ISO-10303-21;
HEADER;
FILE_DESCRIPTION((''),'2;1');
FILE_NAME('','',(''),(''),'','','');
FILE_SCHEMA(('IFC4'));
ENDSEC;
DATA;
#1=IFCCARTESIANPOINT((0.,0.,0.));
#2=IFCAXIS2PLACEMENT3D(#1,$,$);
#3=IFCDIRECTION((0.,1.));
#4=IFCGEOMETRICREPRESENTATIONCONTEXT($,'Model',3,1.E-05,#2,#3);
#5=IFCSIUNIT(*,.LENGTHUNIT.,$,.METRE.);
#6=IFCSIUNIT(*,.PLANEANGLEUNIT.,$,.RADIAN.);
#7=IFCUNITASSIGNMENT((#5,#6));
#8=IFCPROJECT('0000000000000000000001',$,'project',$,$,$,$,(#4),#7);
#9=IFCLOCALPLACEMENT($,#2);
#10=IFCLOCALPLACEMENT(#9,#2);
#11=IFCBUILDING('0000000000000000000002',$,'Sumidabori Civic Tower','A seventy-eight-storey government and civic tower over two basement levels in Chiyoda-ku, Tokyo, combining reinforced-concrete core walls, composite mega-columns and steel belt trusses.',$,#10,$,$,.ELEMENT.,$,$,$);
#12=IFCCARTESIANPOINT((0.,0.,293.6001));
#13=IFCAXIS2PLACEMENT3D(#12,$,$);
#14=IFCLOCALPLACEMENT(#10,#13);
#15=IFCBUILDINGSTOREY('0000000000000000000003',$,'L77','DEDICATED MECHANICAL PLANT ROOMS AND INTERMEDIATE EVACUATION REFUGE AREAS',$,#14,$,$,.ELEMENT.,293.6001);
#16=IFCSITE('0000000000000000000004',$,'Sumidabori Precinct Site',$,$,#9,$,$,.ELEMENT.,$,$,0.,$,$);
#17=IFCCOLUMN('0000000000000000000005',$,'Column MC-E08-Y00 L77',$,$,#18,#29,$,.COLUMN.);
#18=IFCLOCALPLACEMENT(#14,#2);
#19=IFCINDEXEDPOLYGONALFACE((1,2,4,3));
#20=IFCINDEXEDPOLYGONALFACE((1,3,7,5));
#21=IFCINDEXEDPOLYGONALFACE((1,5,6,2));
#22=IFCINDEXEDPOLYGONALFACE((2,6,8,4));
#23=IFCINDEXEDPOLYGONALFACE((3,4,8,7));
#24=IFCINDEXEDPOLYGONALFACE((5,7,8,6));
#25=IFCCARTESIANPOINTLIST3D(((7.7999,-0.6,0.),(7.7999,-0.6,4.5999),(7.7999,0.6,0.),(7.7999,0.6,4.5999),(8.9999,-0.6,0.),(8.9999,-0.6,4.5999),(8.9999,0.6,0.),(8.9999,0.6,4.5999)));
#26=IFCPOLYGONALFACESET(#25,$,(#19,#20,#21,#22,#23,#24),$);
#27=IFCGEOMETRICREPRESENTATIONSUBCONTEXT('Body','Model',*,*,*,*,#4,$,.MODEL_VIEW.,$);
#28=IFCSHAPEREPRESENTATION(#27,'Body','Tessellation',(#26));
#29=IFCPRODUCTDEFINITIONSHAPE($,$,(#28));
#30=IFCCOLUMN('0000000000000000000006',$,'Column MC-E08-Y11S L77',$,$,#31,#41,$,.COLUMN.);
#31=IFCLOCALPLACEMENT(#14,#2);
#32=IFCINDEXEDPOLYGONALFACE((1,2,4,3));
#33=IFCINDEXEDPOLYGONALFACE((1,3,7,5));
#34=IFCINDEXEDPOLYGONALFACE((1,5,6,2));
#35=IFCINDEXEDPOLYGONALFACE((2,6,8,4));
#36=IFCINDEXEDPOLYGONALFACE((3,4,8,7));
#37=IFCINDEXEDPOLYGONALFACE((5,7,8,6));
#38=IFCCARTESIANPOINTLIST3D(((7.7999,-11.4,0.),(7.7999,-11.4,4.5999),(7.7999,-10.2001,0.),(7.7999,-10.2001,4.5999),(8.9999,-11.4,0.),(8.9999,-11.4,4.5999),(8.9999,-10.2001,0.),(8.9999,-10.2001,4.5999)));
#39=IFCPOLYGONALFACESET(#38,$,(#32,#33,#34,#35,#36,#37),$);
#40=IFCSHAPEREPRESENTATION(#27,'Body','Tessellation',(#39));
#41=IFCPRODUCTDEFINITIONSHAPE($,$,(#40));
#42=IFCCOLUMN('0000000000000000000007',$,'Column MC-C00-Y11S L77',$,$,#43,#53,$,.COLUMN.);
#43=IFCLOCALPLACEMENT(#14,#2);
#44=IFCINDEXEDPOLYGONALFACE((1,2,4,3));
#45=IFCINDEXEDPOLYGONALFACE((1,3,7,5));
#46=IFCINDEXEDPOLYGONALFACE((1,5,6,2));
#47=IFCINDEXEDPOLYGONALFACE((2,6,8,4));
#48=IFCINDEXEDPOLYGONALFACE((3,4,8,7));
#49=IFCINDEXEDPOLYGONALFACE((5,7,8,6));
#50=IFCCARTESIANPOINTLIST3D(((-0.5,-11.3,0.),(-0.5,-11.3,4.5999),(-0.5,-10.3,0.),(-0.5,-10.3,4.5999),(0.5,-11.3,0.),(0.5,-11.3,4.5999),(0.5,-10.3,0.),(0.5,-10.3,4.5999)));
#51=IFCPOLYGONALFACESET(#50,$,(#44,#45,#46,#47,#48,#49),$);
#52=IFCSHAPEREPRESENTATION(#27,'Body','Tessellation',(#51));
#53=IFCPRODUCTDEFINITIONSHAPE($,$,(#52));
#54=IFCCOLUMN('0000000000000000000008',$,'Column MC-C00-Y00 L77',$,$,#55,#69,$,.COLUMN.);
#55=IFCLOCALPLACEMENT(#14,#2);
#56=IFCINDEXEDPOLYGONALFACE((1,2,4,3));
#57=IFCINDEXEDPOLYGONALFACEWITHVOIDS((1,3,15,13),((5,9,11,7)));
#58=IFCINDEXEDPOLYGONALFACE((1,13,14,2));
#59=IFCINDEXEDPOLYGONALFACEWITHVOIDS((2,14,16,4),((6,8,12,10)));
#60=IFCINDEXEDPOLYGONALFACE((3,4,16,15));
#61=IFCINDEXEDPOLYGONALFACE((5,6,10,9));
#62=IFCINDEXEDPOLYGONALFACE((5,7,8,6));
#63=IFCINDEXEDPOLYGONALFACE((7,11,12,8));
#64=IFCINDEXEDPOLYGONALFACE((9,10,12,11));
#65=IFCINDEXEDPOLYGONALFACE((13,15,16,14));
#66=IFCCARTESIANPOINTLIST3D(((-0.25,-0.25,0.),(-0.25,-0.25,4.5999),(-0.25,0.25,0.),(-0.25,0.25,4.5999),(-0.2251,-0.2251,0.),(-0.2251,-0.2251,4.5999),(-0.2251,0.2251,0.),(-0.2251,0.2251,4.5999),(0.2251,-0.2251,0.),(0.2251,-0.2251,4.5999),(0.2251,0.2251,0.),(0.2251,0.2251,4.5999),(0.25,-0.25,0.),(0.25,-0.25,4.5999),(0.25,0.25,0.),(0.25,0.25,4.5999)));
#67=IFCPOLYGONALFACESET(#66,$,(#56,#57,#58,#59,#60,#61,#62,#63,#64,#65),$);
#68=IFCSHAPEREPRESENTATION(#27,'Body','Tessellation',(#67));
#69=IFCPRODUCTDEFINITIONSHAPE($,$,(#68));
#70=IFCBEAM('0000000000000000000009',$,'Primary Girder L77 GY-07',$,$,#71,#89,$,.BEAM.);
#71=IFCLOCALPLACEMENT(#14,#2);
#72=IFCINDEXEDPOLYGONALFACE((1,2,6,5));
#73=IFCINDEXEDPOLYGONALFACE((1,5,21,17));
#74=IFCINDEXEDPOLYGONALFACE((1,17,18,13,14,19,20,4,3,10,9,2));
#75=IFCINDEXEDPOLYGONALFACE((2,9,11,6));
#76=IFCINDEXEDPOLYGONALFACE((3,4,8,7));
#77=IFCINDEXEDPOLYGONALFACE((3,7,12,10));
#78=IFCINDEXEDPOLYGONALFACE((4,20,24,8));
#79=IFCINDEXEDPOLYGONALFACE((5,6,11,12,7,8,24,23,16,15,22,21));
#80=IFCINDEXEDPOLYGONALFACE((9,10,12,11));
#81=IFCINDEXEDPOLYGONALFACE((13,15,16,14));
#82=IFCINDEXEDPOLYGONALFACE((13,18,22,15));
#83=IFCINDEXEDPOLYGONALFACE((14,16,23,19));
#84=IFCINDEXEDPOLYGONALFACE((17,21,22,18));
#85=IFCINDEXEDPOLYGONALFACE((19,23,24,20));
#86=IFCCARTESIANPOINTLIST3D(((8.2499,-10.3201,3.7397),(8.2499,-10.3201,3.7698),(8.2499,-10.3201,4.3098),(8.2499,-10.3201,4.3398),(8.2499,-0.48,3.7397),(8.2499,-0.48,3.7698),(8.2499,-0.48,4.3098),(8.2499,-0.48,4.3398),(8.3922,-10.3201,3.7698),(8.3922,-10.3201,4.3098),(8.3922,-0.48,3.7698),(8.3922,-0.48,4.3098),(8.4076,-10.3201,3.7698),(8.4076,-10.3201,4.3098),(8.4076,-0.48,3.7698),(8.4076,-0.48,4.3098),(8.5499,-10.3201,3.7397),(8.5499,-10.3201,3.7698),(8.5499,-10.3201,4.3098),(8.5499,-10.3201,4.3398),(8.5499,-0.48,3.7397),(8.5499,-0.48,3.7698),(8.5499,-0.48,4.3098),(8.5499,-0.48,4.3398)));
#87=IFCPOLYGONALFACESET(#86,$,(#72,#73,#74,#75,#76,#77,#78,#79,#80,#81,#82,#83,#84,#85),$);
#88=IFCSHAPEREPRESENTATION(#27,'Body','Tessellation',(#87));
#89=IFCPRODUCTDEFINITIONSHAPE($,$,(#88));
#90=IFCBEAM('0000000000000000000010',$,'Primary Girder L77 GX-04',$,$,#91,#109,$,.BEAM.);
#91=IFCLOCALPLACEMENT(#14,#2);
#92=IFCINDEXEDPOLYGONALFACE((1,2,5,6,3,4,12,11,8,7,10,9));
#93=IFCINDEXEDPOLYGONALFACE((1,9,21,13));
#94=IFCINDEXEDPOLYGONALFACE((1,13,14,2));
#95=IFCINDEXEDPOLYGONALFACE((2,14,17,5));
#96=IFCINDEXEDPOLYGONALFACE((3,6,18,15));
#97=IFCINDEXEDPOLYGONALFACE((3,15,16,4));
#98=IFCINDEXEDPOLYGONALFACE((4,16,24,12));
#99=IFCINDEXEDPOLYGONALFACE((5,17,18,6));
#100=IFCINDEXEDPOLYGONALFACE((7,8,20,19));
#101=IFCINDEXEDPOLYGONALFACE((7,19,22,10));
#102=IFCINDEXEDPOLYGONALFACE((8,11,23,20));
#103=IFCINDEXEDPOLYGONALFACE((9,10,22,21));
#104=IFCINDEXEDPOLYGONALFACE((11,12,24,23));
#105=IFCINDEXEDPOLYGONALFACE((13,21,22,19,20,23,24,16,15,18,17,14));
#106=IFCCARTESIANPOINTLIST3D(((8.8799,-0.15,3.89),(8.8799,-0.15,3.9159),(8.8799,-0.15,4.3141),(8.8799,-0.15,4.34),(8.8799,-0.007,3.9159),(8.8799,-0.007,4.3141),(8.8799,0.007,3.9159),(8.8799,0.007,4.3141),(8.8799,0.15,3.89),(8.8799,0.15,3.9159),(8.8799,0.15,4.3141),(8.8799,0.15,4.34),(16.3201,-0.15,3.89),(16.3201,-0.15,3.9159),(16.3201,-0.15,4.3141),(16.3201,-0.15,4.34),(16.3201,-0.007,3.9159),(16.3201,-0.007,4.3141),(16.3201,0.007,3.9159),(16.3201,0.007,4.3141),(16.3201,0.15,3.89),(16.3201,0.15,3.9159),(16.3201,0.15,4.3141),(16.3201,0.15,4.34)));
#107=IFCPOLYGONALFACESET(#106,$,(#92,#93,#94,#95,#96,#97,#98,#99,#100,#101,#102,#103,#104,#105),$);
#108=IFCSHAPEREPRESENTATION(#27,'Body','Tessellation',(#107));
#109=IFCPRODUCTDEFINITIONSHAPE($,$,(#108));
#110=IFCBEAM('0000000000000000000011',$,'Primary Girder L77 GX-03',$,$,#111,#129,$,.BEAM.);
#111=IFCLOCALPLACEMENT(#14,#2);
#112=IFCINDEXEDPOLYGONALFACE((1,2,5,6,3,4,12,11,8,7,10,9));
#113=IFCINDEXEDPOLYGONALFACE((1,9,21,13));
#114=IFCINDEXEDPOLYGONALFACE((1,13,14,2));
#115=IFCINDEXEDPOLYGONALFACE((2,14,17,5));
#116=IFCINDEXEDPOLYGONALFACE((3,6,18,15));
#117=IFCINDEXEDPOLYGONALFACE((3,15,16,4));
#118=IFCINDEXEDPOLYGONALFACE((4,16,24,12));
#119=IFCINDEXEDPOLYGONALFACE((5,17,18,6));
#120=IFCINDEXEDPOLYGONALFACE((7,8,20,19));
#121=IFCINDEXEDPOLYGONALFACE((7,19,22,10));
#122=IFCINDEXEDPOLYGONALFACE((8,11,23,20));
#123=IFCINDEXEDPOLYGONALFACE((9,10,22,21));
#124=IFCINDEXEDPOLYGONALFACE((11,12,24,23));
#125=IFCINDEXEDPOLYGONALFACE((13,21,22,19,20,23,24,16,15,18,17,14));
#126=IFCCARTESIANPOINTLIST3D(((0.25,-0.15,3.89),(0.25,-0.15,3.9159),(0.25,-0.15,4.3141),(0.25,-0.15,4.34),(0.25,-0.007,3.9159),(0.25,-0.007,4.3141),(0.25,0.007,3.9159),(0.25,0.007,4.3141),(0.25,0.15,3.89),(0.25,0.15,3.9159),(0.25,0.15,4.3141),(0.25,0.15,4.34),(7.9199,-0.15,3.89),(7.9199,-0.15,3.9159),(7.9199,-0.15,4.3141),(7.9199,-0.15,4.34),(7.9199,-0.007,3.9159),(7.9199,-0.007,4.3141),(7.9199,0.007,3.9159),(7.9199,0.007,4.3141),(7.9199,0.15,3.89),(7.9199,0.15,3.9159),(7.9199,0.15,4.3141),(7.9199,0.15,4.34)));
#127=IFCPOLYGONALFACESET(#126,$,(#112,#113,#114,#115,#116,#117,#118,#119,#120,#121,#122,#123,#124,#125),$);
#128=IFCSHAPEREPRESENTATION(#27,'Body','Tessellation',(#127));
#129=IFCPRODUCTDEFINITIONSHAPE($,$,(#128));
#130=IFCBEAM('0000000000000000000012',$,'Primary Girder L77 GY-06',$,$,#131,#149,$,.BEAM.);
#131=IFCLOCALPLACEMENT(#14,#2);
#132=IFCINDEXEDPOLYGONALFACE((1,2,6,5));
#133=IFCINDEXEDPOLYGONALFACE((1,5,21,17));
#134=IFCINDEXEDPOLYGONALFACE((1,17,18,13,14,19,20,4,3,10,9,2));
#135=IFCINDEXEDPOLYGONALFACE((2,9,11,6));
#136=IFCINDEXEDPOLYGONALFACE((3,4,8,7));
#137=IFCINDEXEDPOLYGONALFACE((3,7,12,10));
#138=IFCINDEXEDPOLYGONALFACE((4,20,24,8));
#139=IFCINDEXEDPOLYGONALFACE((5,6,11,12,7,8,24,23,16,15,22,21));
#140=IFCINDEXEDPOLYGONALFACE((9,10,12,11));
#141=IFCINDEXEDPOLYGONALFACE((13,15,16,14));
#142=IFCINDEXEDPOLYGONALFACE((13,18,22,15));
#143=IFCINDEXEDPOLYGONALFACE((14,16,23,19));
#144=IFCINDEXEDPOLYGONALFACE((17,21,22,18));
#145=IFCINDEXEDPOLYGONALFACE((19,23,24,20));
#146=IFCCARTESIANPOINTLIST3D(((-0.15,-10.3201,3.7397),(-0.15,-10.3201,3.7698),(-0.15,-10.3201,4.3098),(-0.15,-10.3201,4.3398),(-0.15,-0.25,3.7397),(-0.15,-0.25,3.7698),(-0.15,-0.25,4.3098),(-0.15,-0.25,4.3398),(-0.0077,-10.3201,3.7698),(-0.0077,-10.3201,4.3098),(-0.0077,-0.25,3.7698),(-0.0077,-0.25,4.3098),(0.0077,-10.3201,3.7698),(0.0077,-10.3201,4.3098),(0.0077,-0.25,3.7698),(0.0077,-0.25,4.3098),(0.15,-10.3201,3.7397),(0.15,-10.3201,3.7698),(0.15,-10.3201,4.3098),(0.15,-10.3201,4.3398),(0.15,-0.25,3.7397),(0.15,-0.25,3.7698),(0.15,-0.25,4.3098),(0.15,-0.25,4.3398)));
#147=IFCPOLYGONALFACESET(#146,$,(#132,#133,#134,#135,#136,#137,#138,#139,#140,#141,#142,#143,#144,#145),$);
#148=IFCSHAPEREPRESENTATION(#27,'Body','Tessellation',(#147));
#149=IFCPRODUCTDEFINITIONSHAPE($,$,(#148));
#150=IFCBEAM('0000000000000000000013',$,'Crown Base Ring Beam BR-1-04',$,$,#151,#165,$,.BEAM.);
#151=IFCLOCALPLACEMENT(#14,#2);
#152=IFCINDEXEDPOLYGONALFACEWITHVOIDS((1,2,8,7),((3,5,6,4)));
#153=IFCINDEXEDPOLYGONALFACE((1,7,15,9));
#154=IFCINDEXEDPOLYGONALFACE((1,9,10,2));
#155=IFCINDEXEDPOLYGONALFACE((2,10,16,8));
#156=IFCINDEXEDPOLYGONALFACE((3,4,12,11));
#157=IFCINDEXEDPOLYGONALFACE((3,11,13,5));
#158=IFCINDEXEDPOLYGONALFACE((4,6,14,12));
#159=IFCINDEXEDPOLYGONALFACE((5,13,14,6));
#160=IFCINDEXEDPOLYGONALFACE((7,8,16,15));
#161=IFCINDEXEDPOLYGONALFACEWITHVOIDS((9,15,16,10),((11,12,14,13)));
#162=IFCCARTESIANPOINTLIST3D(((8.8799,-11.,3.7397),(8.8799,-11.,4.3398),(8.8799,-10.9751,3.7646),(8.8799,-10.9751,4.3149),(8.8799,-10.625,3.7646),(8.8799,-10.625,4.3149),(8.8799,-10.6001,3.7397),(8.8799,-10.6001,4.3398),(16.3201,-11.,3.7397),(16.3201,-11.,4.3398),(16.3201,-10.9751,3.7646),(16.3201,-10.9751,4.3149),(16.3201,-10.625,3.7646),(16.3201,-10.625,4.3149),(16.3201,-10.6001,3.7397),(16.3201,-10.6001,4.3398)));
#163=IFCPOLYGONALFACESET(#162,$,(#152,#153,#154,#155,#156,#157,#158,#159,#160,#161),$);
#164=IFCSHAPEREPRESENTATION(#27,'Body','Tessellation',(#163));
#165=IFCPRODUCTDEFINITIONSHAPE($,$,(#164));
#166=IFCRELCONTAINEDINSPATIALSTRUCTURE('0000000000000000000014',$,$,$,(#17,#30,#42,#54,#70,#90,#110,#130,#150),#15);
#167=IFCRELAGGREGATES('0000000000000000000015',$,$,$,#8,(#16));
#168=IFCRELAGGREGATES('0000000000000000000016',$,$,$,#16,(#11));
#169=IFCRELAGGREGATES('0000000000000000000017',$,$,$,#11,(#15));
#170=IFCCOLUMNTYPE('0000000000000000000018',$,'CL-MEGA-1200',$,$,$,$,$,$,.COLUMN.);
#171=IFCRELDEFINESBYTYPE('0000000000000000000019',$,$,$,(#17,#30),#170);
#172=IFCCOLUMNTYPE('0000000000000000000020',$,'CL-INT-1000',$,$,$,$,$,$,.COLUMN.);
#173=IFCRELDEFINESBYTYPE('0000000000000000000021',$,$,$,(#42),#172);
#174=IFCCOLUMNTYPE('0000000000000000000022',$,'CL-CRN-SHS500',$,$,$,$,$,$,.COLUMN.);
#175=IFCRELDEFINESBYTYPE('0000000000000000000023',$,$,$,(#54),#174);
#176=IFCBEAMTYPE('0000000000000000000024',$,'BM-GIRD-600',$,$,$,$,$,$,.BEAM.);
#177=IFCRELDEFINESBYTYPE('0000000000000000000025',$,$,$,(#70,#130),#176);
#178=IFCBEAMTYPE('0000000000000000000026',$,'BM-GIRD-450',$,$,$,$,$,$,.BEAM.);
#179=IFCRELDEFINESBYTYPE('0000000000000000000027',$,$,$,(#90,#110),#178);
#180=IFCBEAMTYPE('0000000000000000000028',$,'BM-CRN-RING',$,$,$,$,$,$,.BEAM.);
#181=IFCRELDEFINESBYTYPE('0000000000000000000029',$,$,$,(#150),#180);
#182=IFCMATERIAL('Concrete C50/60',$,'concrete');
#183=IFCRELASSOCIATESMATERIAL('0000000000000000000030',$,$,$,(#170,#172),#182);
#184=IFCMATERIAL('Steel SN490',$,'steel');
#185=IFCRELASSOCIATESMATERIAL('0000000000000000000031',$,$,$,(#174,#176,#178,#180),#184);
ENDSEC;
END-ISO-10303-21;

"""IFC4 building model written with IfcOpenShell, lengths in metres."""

from ifc_helpers import new_model, si_unit, direction, frame, origin, origin_with_axes, origin_2d, place, context, subcontext, project, spatial, rectangle, hollow_rectangle, i_section, extrude, source, transform, mapped, material, material_profile, profile_set, type_object, element, save


model = new_model("IFC4")

# Units and contexts
model_context = context("Model", 3, precision=1e-05, world=origin(), true_north=direction((0.0, 1.0)))
body_context = subcontext(model_context, "Body", "Model", "MODEL_VIEW")
ifc_project = project(units=[si_unit("LENGTHUNIT", "METRE"), si_unit("PLANEANGLEUNIT", "RADIAN")], contexts=[model_context])

# Site, building, storey
site_placement = place(None, origin())
site = spatial("IfcSite", under=ifc_project, at=site_placement, Name="Sumidabori Precinct Site", CompositionType="ELEMENT", RefElevation=0.0)
building_placement = place(site_placement, origin())
building = spatial("IfcBuilding", under=site, at=building_placement, Name="Sumidabori Civic Tower", Description="A seventy-eight-storey government and civic tower over two basement levels in Chiyoda-ku, Tokyo, combining reinforced-concrete core walls, composite mega-columns and steel belt trusses.", CompositionType="ELEMENT")
storey_placement = place(building_placement, frame((0.0, 0.0, 293.6001)))
storey = spatial("IfcBuildingStorey", under=building, at=storey_placement, Name="L77", Description="DEDICATED MECHANICAL PLANT ROOMS AND INTERMEDIATE EVACUATION REFUGE AREAS", CompositionType="ELEMENT", Elevation=293.6001)

# Columns
ifc_material_1 = material(Name="Concrete C50/60", Category="concrete")
ifc_material_profile_1 = material_profile(ifc_material_1, rectangle(XDim=1.2, YDim=1.2, at=origin_2d()), Name="RC 1200x1200")
ifc_profile_set_1 = profile_set([ifc_material_profile_1], Name="Concrete C50/60")
column_type_1 = type_object("IfcColumnType", Name="CL-MEGA-1200", PredefinedType="COLUMN", material=ifc_profile_set_1)
shared_shape_1 = source(origin(), body_context, "Body", "SweptSolid", [
    extrude(rectangle(XDim=1.2, YDim=1.2, at=origin_2d()), origin(), (0.0, 0.0, 1.0), 4.5999),
])
for number, where, z_axis, x_axis, name in (
    (1, (8.3999, 0.0, 0.0), (0.0, 0.0, 1.0), (1.0, 0.0, 0.0), "Column MC-E08-Y00 L77"),
    (2, (8.3999, -10.8, 0.0), (0.0, 0.0, 1.0), (1.0, 0.0, 0.0), "Column MC-E08-Y11S L77"),
):
    element("IfcColumn", number, at=place(storey_placement, frame(where, z_axis=z_axis, x_axis=x_axis)), inside=storey, type_object=column_type_1, Name=name, PredefinedType="COLUMN", context=body_context, shape_type="MappedRepresentation", body=[
        mapped(shared_shape_1, transform((0.0, 0.0, 0.0), x_axis=(1.0, 0.0, 0.0), y_axis=(0.0, 1.0, 0.0), z_axis=(0.0, 0.0, 1.0), scale=1.0)),
    ])
ifc_material_profile_2 = material_profile(ifc_material_1, rectangle(XDim=1.0, YDim=1.0, at=origin_2d()), Name="RC 1000x1000")
ifc_profile_set_2 = profile_set([ifc_material_profile_2], Name="Concrete C50/60")
column_type_2 = type_object("IfcColumnType", Name="CL-INT-1000", PredefinedType="COLUMN", material=ifc_profile_set_2)
shared_shape_2 = source(origin(), body_context, "Body", "SweptSolid", [
    extrude(rectangle(XDim=1.0, YDim=1.0, at=origin_2d()), origin(), (0.0, 0.0, 1.0), 4.5999),
])
column_1_placement = place(storey_placement, frame((0.0, -10.8, 0.0), z_axis=(0.0, 0.0, 1.0), x_axis=(1.0, 0.0, 0.0)))
element("IfcColumn", 3, at=column_1_placement, inside=storey, type_object=column_type_2, Name="Column MC-C00-Y11S L77", PredefinedType="COLUMN", context=body_context, shape_type="MappedRepresentation", body=[
    mapped(shared_shape_2, transform((0.0, 0.0, 0.0), x_axis=(1.0, 0.0, 0.0), y_axis=(0.0, 1.0, 0.0), z_axis=(0.0, 0.0, 1.0), scale=1.0)),
])
ifc_material_2 = material(Name="Steel SN490", Category="steel")
ifc_material_profile_3 = material_profile(ifc_material_2, hollow_rectangle(XDim=0.5, YDim=0.5, WallThickness=0.0249, at=origin_2d()), Name="SHS 500x500x25")
ifc_profile_set_3 = profile_set([ifc_material_profile_3], Name="Steel SN490")
column_type_3 = type_object("IfcColumnType", Name="CL-CRN-SHS500", PredefinedType="COLUMN", material=ifc_profile_set_3)
shared_shape_3 = source(origin(), body_context, "Body", "SweptSolid", [
    extrude(hollow_rectangle(XDim=0.5, YDim=0.5, WallThickness=0.0249, at=origin_2d()), origin(), (0.0, 0.0, 1.0), 4.5999),
])
column_2_placement = place(storey_placement, origin_with_axes())
element("IfcColumn", 4, at=column_2_placement, inside=storey, type_object=column_type_3, Name="Column MC-C00-Y00 L77", PredefinedType="COLUMN", context=body_context, shape_type="MappedRepresentation", body=[
    mapped(shared_shape_3, transform((0.0, 0.0, 0.0), x_axis=(1.0, 0.0, 0.0), y_axis=(0.0, 1.0, 0.0), z_axis=(0.0, 0.0, 1.0), scale=1.0)),
])

# Beams
ifc_material_profile_4 = material_profile(ifc_material_2, i_section(OverallWidth=0.3, OverallDepth=0.6001, WebThickness=0.0154, FlangeThickness=0.03, at=origin_2d()), Name="HE 600 B")
ifc_profile_set_4 = profile_set([ifc_material_profile_4], Name="Steel SN490")
beam_type_1 = type_object("IfcBeamType", Name="BM-GIRD-600", PredefinedType="BEAM", material=ifc_profile_set_4)
shared_shape_4 = source(origin(), body_context, "Body", "SweptSolid", [
    extrude(i_section(OverallWidth=0.3, OverallDepth=0.6001, WebThickness=0.0154, FlangeThickness=0.03, at=origin_2d()), origin(), (0.0, 0.0, 1.0), 9.8401),
])
beam_1_placement = place(storey_placement, frame((8.3999, -10.3201, 4.0398), z_axis=(0.0, 1.0, 0.0), x_axis=(-1.0, 0.0, 0.0)))
element("IfcBeam", 5, at=beam_1_placement, inside=storey, type_object=beam_type_1, Name="Primary Girder L77 GY-07", PredefinedType="BEAM", context=body_context, shape_type="MappedRepresentation", body=[
    mapped(shared_shape_4, transform((0.0, 0.0, 0.0), x_axis=(1.0, 0.0, 0.0), y_axis=(0.0, 1.0, 0.0), z_axis=(0.0, 0.0, 1.0), scale=1.0)),
])
ifc_material_profile_5 = material_profile(ifc_material_2, i_section(OverallWidth=0.3, OverallDepth=0.45, WebThickness=0.0139, FlangeThickness=0.0259, at=origin_2d()), Name="HE 450 B")
ifc_profile_set_5 = profile_set([ifc_material_profile_5], Name="Steel SN490")
beam_type_2 = type_object("IfcBeamType", Name="BM-GIRD-450", PredefinedType="BEAM", material=ifc_profile_set_5)
shared_shape_5 = source(origin(), body_context, "Body", "SweptSolid", [
    extrude(i_section(OverallWidth=0.3, OverallDepth=0.45, WebThickness=0.0139, FlangeThickness=0.0259, at=origin_2d()), origin(), (0.0, 0.0, 1.0), 7.4402),
])
beam_2_placement = place(storey_placement, frame((8.8799, 0.0, 4.115), z_axis=(1.0, 0.0, 0.0), x_axis=(0.0, 1.0, 0.0)))
element("IfcBeam", 6, at=beam_2_placement, inside=storey, type_object=beam_type_2, Name="Primary Girder L77 GX-04", PredefinedType="BEAM", context=body_context, shape_type="MappedRepresentation", body=[
    mapped(shared_shape_5, transform((0.0, 0.0, 0.0), x_axis=(1.0, 0.0, 0.0), y_axis=(0.0, 1.0, 0.0), z_axis=(0.0, 0.0, 1.0), scale=1.0)),
])
shared_shape_6 = source(origin(), body_context, "Body", "SweptSolid", [
    extrude(i_section(OverallWidth=0.3, OverallDepth=0.45, WebThickness=0.0139, FlangeThickness=0.0259, at=origin_2d()), origin(), (0.0, 0.0, 1.0), 7.6699),
])
beam_3_placement = place(storey_placement, frame((0.25, 0.0, 4.115), z_axis=(1.0, 0.0, 0.0), x_axis=(0.0, 1.0, 0.0)))
element("IfcBeam", 7, at=beam_3_placement, inside=storey, type_object=beam_type_2, Name="Primary Girder L77 GX-03", PredefinedType="BEAM", context=body_context, shape_type="MappedRepresentation", body=[
    mapped(shared_shape_6, transform((0.0, 0.0, 0.0), x_axis=(1.0, 0.0, 0.0), y_axis=(0.0, 1.0, 0.0), z_axis=(0.0, 0.0, 1.0), scale=1.0)),
])
shared_shape_7 = source(origin(), body_context, "Body", "SweptSolid", [
    extrude(i_section(OverallWidth=0.3, OverallDepth=0.6001, WebThickness=0.0154, FlangeThickness=0.03, at=origin_2d()), origin(), (0.0, 0.0, 1.0), 10.0701),
])
beam_4_placement = place(storey_placement, frame((0.0, -10.3201, 4.0398), z_axis=(0.0, 1.0, 0.0), x_axis=(-1.0, 0.0, 0.0)))
element("IfcBeam", 8, at=beam_4_placement, inside=storey, type_object=beam_type_1, Name="Primary Girder L77 GY-06", PredefinedType="BEAM", context=body_context, shape_type="MappedRepresentation", body=[
    mapped(shared_shape_7, transform((0.0, 0.0, 0.0), x_axis=(1.0, 0.0, 0.0), y_axis=(0.0, 1.0, 0.0), z_axis=(0.0, 0.0, 1.0), scale=1.0)),
])
ifc_material_profile_6 = material_profile(ifc_material_2, hollow_rectangle(XDim=0.3999, YDim=0.6001, WallThickness=0.0249, at=origin_2d()), Name="RHS 600x400x25")
ifc_profile_set_6 = profile_set([ifc_material_profile_6], Name="Steel SN490")
beam_type_3 = type_object("IfcBeamType", Name="BM-CRN-RING", PredefinedType="BEAM", material=ifc_profile_set_6)
shared_shape_8 = source(origin(), body_context, "Body", "SweptSolid", [
    extrude(hollow_rectangle(XDim=0.3999, YDim=0.6001, WallThickness=0.0249, at=origin_2d()), origin(), (0.0, 0.0, 1.0), 7.4402),
])
beam_5_placement = place(storey_placement, frame((8.8799, -10.8, 4.0398), z_axis=(1.0, 0.0, 0.0), x_axis=(0.0, 1.0, 0.0)))
element("IfcBeam", 9, at=beam_5_placement, inside=storey, type_object=beam_type_3, Name="Crown Base Ring Beam BR-1-04", PredefinedType="BEAM", context=body_context, shape_type="MappedRepresentation", body=[
    mapped(shared_shape_8, transform((0.0, 0.0, 0.0), x_axis=(1.0, 0.0, 0.0), y_axis=(0.0, 1.0, 0.0), z_axis=(0.0, 0.0, 1.0), scale=1.0)),
])

save(model, "model.ifc")
